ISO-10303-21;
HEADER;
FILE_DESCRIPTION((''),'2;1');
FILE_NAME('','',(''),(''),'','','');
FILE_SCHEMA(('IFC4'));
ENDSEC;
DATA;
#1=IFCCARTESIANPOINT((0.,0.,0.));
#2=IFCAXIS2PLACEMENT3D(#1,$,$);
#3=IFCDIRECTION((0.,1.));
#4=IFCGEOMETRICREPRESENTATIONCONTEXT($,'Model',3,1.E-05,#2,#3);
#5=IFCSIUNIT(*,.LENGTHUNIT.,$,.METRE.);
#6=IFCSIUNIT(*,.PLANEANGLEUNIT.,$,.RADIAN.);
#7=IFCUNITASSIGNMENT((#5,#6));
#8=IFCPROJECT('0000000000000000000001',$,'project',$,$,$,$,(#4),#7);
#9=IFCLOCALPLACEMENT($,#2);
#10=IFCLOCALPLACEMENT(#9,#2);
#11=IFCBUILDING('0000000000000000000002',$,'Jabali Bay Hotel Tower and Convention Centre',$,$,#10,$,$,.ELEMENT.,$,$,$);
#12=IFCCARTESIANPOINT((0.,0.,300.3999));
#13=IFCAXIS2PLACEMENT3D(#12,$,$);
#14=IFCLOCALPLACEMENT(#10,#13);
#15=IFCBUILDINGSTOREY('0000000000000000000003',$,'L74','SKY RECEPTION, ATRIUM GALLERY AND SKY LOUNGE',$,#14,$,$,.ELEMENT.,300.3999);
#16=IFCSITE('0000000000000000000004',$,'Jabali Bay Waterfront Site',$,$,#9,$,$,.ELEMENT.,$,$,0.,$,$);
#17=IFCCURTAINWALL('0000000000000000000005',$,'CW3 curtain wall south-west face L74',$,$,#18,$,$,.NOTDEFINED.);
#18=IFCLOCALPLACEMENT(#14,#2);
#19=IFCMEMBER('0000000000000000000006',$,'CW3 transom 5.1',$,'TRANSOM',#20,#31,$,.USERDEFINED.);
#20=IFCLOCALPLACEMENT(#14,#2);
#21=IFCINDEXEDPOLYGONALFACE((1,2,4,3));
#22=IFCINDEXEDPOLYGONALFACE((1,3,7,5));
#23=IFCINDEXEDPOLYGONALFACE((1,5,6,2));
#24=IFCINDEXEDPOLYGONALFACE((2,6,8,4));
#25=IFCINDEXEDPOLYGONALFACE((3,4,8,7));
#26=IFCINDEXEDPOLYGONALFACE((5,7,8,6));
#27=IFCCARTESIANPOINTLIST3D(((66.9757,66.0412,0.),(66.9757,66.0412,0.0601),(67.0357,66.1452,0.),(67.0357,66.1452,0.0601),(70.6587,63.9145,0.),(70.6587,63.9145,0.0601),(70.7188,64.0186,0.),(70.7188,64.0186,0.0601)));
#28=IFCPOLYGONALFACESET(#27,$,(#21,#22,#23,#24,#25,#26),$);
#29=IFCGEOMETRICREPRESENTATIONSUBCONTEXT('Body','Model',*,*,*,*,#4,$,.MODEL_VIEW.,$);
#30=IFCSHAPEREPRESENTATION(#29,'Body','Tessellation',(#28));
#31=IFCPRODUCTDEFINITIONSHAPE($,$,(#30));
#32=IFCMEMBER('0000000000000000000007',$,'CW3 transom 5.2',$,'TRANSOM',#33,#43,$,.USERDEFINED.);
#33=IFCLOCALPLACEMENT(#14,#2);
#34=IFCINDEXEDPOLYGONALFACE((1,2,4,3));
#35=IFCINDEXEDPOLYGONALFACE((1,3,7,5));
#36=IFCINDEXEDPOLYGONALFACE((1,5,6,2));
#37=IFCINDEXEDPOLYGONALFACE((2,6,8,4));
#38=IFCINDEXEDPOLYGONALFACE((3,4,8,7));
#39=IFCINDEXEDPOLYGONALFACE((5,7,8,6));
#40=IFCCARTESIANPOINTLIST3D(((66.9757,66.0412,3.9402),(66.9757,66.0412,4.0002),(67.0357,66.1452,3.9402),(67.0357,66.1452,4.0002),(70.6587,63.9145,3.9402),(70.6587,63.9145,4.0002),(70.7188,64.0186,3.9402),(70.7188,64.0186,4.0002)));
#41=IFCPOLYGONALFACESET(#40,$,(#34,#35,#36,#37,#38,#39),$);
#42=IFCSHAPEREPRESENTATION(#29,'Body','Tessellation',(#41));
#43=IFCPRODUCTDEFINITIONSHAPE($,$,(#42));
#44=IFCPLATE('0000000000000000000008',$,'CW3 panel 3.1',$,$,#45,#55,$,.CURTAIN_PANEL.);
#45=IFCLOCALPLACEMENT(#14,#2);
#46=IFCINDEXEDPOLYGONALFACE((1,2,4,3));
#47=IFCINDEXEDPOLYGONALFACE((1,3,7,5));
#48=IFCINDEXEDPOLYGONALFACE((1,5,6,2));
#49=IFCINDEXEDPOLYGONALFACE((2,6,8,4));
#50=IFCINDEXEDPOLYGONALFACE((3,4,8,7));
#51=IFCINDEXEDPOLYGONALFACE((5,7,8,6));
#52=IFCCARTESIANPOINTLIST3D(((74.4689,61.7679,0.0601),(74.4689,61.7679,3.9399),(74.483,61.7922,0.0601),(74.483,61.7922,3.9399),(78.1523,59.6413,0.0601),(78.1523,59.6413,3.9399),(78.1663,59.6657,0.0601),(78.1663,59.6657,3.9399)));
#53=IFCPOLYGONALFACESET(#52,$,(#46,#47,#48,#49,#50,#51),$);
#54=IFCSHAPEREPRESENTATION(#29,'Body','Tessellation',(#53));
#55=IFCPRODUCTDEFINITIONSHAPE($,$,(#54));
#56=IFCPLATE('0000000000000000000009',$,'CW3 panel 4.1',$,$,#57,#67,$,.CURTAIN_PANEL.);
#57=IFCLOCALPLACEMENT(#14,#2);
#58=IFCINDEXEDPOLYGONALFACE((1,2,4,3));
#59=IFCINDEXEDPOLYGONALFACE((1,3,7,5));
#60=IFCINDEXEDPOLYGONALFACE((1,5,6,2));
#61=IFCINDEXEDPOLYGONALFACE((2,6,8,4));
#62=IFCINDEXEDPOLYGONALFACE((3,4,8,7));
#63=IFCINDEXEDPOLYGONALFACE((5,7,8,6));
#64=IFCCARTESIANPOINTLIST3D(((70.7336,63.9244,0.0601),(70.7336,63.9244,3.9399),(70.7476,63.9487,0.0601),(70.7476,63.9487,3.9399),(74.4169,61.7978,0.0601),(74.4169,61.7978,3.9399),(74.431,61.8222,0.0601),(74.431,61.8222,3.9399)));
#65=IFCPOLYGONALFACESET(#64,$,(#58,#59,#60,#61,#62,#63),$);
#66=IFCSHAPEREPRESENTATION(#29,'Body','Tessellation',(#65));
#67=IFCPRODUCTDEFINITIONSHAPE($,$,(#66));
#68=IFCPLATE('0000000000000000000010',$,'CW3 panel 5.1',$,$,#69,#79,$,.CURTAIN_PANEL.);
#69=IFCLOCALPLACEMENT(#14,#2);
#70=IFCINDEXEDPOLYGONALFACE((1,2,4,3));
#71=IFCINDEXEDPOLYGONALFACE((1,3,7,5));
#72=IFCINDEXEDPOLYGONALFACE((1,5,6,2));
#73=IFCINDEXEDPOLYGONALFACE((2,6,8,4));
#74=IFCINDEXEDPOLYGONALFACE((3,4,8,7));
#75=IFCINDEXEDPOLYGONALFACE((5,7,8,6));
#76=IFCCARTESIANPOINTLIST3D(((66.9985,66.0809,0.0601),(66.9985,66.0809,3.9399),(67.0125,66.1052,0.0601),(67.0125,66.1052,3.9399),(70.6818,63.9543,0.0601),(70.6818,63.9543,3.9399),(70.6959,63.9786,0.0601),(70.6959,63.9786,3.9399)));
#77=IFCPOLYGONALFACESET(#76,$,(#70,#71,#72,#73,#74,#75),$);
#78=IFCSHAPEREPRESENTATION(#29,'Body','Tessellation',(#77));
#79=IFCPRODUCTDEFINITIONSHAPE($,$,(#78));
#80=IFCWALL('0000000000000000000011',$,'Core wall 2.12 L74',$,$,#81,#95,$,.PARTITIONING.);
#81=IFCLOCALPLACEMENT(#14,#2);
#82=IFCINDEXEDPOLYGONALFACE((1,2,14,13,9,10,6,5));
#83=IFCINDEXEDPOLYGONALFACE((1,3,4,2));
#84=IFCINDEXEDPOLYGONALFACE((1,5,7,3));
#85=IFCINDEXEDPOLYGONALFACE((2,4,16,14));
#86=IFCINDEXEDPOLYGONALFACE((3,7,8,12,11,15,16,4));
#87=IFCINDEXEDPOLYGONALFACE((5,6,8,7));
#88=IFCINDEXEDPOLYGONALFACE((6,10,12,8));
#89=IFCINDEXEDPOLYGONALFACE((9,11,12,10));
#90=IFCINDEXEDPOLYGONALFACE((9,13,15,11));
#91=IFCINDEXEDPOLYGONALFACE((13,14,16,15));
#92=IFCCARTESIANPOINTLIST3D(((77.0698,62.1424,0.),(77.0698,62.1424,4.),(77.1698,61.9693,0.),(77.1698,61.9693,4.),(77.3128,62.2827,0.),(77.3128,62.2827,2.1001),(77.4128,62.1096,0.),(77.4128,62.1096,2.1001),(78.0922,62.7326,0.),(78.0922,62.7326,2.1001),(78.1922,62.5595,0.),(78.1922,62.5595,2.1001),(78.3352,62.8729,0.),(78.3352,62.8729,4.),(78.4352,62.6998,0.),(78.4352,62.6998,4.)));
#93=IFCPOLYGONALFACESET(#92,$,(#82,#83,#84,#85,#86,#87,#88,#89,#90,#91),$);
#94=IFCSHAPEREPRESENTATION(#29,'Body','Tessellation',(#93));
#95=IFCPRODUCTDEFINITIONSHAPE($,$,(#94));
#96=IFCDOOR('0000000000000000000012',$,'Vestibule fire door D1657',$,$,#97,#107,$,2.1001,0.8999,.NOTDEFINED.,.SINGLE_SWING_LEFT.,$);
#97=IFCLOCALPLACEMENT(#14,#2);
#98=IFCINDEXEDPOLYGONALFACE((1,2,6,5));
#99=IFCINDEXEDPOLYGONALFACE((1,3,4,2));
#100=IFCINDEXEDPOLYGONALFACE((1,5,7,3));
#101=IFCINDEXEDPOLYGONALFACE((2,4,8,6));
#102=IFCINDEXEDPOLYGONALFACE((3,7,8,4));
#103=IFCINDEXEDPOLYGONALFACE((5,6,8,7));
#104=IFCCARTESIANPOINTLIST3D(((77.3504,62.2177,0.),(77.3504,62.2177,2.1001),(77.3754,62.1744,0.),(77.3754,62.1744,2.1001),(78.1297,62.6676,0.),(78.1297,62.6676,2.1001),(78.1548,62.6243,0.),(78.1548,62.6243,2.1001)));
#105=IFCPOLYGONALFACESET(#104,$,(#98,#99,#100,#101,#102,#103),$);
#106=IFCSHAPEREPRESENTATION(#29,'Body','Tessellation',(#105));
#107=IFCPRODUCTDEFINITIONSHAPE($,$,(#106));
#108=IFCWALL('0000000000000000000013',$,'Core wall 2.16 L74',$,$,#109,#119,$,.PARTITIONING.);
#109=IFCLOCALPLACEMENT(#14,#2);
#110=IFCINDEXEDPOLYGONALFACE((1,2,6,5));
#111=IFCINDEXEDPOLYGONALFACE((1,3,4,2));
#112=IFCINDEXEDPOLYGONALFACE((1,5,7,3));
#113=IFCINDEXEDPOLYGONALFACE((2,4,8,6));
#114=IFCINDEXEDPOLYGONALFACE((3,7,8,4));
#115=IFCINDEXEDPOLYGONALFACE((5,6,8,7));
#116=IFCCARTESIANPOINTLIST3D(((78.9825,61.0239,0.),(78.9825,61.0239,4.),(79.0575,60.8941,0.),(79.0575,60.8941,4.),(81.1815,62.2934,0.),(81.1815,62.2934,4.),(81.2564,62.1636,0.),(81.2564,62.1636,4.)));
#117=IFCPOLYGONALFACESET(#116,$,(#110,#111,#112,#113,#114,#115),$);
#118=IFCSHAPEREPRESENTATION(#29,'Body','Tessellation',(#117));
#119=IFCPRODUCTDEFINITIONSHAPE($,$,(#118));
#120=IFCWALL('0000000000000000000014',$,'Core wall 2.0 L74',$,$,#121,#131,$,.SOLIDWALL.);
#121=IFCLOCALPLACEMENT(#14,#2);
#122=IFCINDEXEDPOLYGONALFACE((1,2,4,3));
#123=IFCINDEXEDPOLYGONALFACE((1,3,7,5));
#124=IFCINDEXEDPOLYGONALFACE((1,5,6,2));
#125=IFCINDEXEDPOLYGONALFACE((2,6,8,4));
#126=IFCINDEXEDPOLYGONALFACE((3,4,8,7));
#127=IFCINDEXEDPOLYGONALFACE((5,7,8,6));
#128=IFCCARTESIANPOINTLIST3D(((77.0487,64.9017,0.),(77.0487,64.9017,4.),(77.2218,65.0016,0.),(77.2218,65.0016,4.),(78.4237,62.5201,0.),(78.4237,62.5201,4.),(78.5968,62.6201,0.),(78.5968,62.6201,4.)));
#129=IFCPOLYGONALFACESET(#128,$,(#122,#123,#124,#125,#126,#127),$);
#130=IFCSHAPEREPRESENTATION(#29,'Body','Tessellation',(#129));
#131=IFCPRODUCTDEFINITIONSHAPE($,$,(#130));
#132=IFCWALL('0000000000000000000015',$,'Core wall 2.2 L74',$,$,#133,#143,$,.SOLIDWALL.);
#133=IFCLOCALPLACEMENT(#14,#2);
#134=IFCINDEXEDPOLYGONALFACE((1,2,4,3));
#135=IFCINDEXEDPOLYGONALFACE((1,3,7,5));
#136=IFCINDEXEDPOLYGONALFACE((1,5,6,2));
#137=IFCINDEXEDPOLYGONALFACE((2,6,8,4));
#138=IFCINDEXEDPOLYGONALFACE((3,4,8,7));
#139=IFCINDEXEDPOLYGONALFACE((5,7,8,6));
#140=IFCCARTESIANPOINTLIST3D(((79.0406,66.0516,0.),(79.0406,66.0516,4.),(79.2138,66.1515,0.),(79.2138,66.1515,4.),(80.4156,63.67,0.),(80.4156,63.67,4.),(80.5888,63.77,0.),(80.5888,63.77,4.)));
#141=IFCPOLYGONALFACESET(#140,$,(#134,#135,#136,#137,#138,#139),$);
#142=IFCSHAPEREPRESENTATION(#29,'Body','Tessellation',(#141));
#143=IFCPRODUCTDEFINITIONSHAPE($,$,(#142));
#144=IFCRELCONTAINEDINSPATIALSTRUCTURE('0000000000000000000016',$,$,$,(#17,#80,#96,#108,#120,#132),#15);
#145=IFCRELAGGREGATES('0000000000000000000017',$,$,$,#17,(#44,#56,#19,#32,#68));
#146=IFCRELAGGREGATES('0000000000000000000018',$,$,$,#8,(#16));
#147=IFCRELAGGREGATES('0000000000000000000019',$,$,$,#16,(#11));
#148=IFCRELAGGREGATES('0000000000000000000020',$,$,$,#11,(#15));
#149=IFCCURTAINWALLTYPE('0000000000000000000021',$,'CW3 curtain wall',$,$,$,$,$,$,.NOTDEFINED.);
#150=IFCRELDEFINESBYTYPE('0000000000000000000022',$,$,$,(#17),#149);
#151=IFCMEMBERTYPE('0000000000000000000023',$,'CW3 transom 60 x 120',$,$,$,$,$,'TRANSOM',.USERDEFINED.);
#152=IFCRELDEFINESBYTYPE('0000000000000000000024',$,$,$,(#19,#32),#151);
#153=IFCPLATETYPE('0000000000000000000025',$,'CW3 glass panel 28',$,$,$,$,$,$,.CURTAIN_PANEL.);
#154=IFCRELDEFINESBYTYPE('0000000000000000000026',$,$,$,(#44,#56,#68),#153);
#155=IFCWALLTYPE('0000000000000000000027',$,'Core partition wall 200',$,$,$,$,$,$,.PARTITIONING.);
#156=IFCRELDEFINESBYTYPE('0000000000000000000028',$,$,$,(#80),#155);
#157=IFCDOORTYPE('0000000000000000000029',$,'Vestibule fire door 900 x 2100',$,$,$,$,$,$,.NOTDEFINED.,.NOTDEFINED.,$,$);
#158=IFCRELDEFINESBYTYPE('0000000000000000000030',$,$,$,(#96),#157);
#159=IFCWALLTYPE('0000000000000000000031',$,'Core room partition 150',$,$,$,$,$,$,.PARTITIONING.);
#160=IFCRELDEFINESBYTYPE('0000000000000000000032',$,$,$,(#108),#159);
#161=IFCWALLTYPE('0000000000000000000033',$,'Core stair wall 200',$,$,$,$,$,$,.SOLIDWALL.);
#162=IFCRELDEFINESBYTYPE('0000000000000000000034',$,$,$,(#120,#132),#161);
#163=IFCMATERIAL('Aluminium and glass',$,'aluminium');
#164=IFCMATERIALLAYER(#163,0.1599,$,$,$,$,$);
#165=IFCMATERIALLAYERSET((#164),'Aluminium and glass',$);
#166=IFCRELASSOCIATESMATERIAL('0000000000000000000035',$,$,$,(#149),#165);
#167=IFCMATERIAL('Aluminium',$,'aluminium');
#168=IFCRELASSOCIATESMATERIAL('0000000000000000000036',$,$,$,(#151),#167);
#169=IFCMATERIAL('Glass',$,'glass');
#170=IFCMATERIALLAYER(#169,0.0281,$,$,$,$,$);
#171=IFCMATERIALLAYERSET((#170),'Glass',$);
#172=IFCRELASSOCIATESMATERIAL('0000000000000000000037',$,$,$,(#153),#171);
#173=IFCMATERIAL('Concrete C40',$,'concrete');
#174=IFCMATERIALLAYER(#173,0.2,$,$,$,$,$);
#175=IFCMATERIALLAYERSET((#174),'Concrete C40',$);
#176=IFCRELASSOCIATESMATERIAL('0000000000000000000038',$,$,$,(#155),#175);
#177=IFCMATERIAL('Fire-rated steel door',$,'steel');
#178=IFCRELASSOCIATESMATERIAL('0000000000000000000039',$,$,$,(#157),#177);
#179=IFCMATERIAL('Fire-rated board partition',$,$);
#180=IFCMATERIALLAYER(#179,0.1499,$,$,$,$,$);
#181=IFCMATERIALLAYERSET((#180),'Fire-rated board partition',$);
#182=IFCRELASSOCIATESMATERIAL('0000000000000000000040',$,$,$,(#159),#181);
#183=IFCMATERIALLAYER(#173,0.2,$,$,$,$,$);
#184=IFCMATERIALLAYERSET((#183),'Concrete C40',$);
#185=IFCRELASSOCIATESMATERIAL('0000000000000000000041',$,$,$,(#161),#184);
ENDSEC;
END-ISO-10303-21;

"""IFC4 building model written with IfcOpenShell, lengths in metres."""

from ifc_helpers import new_model, si_unit, direction, frame, frame_2d, origin, origin_2d, place, context, subcontext, project, spatial, rectangle, extrude, material, layer, layer_set, material_profile, profile_set, type_object, element, fill, aggregate, save


model = new_model("IFC4")

# Units and contexts
model_context = context("Model", 3, precision=1e-05, world=origin(), true_north=direction((0.0, 1.0)))
body_context = subcontext(model_context, "Body", "Model", "MODEL_VIEW")
ifc_project = project(units=[si_unit("LENGTHUNIT", "METRE"), si_unit("PLANEANGLEUNIT", "RADIAN")], contexts=[model_context])

# Site, building, storey
site_placement = place(None, origin())
site = spatial("IfcSite", under=ifc_project, at=site_placement, Name="Jabali Bay Waterfront Site", CompositionType="ELEMENT", RefElevation=0.0)
building_placement = place(site_placement, origin())
building = spatial("IfcBuilding", under=site, at=building_placement, Name="Jabali Bay Hotel Tower and Convention Centre", CompositionType="ELEMENT")
storey_placement = place(building_placement, frame((0.0, 0.0, 300.3999)))
storey = spatial("IfcBuildingStorey", under=building, at=storey_placement, Name="L74", Description="SKY RECEPTION, ATRIUM GALLERY AND SKY LOUNGE", CompositionType="ELEMENT", Elevation=300.3999)

# Curtain wall, members, plates
ifc_material_1 = material(Name="Aluminium and glass", Category="aluminium")
ifc_layer_1 = layer(ifc_material_1, 0.1599)
ifc_layer_set_1 = layer_set([ifc_layer_1], Name="Aluminium and glass")
curtain_wall_type = type_object("IfcCurtainWallType", Name="CW3 curtain wall", PredefinedType="NOTDEFINED", material=ifc_layer_set_1)
curtain_wall_placement = place(storey_placement, origin())
curtain_wall = element("IfcCurtainWall", 1, at=curtain_wall_placement, inside=storey, type_object=curtain_wall_type, Name="CW3 curtain wall south-west face L74", PredefinedType="NOTDEFINED")
ifc_material_2 = material(Name="Aluminium", Category="aluminium")
ifc_material_profile_1 = material_profile(ifc_material_2, rectangle(XDim=0.1201, YDim=0.0601, at=origin_2d()), Name="CW3 transom 60 x 120")
ifc_profile_set_1 = profile_set([ifc_material_profile_1], Name="Aluminium")
member_type_1 = type_object("IfcMemberType", Name="CW3 transom 60 x 120", ElementType="TRANSOM", PredefinedType="USERDEFINED", material=ifc_profile_set_1)
member_1_placement = place(storey_placement, frame((70.6887, 63.9666, 0.03), z_axis=(-0.865998, 0.500047, 0.0), x_axis=(-0.500047, -0.865998, 0.0)))
member_1 = element("IfcMember", 2, at=member_1_placement, type_object=member_type_1, Name="CW3 transom 5.1", ObjectType="TRANSOM", PredefinedType="USERDEFINED", context=body_context, shape_type="SweptSolid", body=[
    extrude(rectangle(XDim=0.1201, YDim=0.0601, at=origin_2d()), origin(), (0.0, 0.0, 1.0), 4.2529),
])
member_2_placement = place(storey_placement, frame((70.6887, 63.9666, 3.9702), z_axis=(-0.865998, 0.500047, 0.0), x_axis=(-0.500047, -0.865998, 0.0)))
member_2 = element("IfcMember", 3, at=member_2_placement, type_object=member_type_1, Name="CW3 transom 5.2", ObjectType="TRANSOM", PredefinedType="USERDEFINED", context=body_context, shape_type="SweptSolid", body=[
    extrude(rectangle(XDim=0.1201, YDim=0.0601, at=origin_2d()), origin(), (0.0, 0.0, 1.0), 4.2529),
])
ifc_material_3 = material(Name="Glass", Category="glass")
ifc_layer_2 = layer(ifc_material_3, 0.0281)
ifc_layer_set_2 = layer_set([ifc_layer_2], Name="Glass")
plate_type = type_object("IfcPlateType", Name="CW3 glass panel 28", PredefinedType="CURTAIN_PANEL", material=ifc_layer_set_2)
plate_1_placement = place(storey_placement, frame((76.3176, 60.7168, 0.0601), z_axis=(0.0, 0.0, 1.0), x_axis=(-0.866025, 0.5, 0.0)))
plate_1 = element("IfcPlate", 4, at=plate_1_placement, type_object=plate_type, Name="CW3 panel 3.1", PredefinedType="CURTAIN_PANEL", context=body_context, shape_type="SweptSolid", body=[
    extrude(rectangle(XDim=4.2532, YDim=0.0281, at=origin_2d()), origin(), (0.0, 0.0, 1.0), 3.8799),
])
plate_2_placement = place(storey_placement, frame((72.5823, 62.8733, 0.0601), z_axis=(0.0, 0.0, 1.0), x_axis=(-0.866025, 0.5, 0.0)))
plate_2 = element("IfcPlate", 5, at=plate_2_placement, type_object=plate_type, Name="CW3 panel 4.1", PredefinedType="CURTAIN_PANEL", context=body_context, shape_type="SweptSolid", body=[
    extrude(rectangle(XDim=4.2532, YDim=0.0281, at=origin_2d()), origin(), (0.0, 0.0, 1.0), 3.8799),
])
plate_3_placement = place(storey_placement, frame((68.8472, 65.0298, 0.0601), z_axis=(0.0, 0.0, 1.0), x_axis=(-0.866025, 0.5, 0.0)))
plate_3 = element("IfcPlate", 6, at=plate_3_placement, type_object=plate_type, Name="CW3 panel 5.1", PredefinedType="CURTAIN_PANEL", context=body_context, shape_type="SweptSolid", body=[
    extrude(rectangle(XDim=4.2532, YDim=0.0281, at=origin_2d()), origin(), (0.0, 0.0, 1.0), 3.8799),
])
aggregate(curtain_wall, [plate_1, plate_2, member_1, member_2, plate_3])

# Wall, opening, door
ifc_material_4 = material(Name="Concrete C40", Category="concrete")
ifc_layer_3 = layer(ifc_material_4, 0.2)
ifc_layer_set_3 = layer_set([ifc_layer_3], Name="Concrete C40")
wall_type_1 = type_object("IfcWallType", Name="Core partition wall 200", PredefinedType="PARTITIONING", material=ifc_layer_set_3)
wall_1_placement = place(storey_placement, frame((77.1199, 62.0559, 0.0), z_axis=(0.0, 0.0, 1.0), x_axis=(0.866055, 0.499949, 0.0)))
wall_1 = element("IfcWall", 7, at=wall_1_placement, inside=storey, type_object=wall_type_1, Name="Core wall 2.12 L74", PredefinedType="PARTITIONING", context=body_context, shape_type="SweptSolid", body=[
    extrude(rectangle(XDim=1.4612, YDim=0.2, at=frame_2d((0.7305, 0.0))), origin(), (0.0, 0.0, 1.0), 4.0),
])
opening_1_placement = place(wall_1_placement, frame((0.2805, 0.0, 0.0)))
opening_1 = element("IfcOpeningElement", 8, at=opening_1_placement, cuts=wall_1, PredefinedType="OPENING", context=body_context, shape_type="SweptSolid", body=[
    extrude(rectangle(XDim=0.8999, YDim=2.1001, at=frame_2d((0.45, 1.05))), frame((0.0, 0.1104, 0.0), z_axis=(0.0, -1.0, 0.0), x_axis=(1.0, 0.0, 0.0)), (0.0, 0.0, 1.0), 0.2209),
])
ifc_material_5 = material(Name="Fire-rated steel door", Category="steel")
door_type_1 = type_object("IfcDoorType", Name="Vestibule fire door 900 x 2100", OperationType="NOTDEFINED", PredefinedType="NOTDEFINED", material=ifc_material_5)
door_1_placement = place(opening_1_placement, origin())
door_1 = element("IfcDoor", 9, at=door_1_placement, inside=storey, type_object=door_type_1, Name="Vestibule fire door D1657", OperationType="SINGLE_SWING_LEFT", OverallHeight=2.1001, OverallWidth=0.8999, PredefinedType="NOTDEFINED", context=body_context, shape_type="SweptSolid", body=[
    extrude(rectangle(XDim=0.8999, YDim=2.1001, at=frame_2d((0.45, 1.05))), frame((0.0, 0.0249, 0.0), z_axis=(0.0, -1.0, 0.0), x_axis=(1.0, 0.0, 0.0)), (0.0, 0.0, 1.0), 0.05),
])
fill(opening_1, door_1)

# Walls
ifc_material_6 = material(Name="Fire-rated board partition")
ifc_layer_4 = layer(ifc_material_6, 0.1499)
ifc_layer_set_4 = layer_set([ifc_layer_4], Name="Fire-rated board partition")
wall_type_2 = type_object("IfcWallType", Name="Core room partition 150", PredefinedType="PARTITIONING", material=ifc_layer_set_4)
wall_2_placement = place(storey_placement, frame((79.02, 60.959, 0.0), z_axis=(0.0, 0.0, 1.0), x_axis=(0.866033, 0.499986, 0.0)))
element("IfcWall", 10, at=wall_2_placement, inside=storey, type_object=wall_type_2, Name="Core wall 2.16 L74", PredefinedType="PARTITIONING", context=body_context, shape_type="SweptSolid", body=[
    extrude(rectangle(XDim=2.5391, YDim=0.1499, at=frame_2d((1.2695, 0.0))), origin(), (0.0, 0.0, 1.0), 4.0),
])
ifc_layer_5 = layer(ifc_material_4, 0.2)
ifc_layer_set_5 = layer_set([ifc_layer_5], Name="Concrete C40")
wall_type_3 = type_object("IfcWallType", Name="Core stair wall 200", PredefinedType="SOLIDWALL", material=ifc_layer_set_5)
for number, where, z_axis, x_axis, name in (
    (11, (77.1353, 64.9517, 0.0), (0.0, 0.0, 1.0), (0.499997, -0.866027, 0.0), "Core wall 2.0 L74"),
    (12, (79.1272, 66.1016, 0.0), (0.0, 0.0, 1.0), (0.499997, -0.866027, 0.0), "Core wall 2.2 L74"),
):
    element("IfcWall", number, at=place(storey_placement, frame(where, z_axis=z_axis, x_axis=x_axis)), inside=storey, type_object=wall_type_3, Name=name, PredefinedType="SOLIDWALL", context=body_context, shape_type="SweptSolid", body=[
        extrude(rectangle(XDim=2.75, YDim=0.2, at=frame_2d((1.375, 0.0))), origin(), (0.0, 0.0, 1.0), 4.0),
    ])

save(model, "model.ifc")
